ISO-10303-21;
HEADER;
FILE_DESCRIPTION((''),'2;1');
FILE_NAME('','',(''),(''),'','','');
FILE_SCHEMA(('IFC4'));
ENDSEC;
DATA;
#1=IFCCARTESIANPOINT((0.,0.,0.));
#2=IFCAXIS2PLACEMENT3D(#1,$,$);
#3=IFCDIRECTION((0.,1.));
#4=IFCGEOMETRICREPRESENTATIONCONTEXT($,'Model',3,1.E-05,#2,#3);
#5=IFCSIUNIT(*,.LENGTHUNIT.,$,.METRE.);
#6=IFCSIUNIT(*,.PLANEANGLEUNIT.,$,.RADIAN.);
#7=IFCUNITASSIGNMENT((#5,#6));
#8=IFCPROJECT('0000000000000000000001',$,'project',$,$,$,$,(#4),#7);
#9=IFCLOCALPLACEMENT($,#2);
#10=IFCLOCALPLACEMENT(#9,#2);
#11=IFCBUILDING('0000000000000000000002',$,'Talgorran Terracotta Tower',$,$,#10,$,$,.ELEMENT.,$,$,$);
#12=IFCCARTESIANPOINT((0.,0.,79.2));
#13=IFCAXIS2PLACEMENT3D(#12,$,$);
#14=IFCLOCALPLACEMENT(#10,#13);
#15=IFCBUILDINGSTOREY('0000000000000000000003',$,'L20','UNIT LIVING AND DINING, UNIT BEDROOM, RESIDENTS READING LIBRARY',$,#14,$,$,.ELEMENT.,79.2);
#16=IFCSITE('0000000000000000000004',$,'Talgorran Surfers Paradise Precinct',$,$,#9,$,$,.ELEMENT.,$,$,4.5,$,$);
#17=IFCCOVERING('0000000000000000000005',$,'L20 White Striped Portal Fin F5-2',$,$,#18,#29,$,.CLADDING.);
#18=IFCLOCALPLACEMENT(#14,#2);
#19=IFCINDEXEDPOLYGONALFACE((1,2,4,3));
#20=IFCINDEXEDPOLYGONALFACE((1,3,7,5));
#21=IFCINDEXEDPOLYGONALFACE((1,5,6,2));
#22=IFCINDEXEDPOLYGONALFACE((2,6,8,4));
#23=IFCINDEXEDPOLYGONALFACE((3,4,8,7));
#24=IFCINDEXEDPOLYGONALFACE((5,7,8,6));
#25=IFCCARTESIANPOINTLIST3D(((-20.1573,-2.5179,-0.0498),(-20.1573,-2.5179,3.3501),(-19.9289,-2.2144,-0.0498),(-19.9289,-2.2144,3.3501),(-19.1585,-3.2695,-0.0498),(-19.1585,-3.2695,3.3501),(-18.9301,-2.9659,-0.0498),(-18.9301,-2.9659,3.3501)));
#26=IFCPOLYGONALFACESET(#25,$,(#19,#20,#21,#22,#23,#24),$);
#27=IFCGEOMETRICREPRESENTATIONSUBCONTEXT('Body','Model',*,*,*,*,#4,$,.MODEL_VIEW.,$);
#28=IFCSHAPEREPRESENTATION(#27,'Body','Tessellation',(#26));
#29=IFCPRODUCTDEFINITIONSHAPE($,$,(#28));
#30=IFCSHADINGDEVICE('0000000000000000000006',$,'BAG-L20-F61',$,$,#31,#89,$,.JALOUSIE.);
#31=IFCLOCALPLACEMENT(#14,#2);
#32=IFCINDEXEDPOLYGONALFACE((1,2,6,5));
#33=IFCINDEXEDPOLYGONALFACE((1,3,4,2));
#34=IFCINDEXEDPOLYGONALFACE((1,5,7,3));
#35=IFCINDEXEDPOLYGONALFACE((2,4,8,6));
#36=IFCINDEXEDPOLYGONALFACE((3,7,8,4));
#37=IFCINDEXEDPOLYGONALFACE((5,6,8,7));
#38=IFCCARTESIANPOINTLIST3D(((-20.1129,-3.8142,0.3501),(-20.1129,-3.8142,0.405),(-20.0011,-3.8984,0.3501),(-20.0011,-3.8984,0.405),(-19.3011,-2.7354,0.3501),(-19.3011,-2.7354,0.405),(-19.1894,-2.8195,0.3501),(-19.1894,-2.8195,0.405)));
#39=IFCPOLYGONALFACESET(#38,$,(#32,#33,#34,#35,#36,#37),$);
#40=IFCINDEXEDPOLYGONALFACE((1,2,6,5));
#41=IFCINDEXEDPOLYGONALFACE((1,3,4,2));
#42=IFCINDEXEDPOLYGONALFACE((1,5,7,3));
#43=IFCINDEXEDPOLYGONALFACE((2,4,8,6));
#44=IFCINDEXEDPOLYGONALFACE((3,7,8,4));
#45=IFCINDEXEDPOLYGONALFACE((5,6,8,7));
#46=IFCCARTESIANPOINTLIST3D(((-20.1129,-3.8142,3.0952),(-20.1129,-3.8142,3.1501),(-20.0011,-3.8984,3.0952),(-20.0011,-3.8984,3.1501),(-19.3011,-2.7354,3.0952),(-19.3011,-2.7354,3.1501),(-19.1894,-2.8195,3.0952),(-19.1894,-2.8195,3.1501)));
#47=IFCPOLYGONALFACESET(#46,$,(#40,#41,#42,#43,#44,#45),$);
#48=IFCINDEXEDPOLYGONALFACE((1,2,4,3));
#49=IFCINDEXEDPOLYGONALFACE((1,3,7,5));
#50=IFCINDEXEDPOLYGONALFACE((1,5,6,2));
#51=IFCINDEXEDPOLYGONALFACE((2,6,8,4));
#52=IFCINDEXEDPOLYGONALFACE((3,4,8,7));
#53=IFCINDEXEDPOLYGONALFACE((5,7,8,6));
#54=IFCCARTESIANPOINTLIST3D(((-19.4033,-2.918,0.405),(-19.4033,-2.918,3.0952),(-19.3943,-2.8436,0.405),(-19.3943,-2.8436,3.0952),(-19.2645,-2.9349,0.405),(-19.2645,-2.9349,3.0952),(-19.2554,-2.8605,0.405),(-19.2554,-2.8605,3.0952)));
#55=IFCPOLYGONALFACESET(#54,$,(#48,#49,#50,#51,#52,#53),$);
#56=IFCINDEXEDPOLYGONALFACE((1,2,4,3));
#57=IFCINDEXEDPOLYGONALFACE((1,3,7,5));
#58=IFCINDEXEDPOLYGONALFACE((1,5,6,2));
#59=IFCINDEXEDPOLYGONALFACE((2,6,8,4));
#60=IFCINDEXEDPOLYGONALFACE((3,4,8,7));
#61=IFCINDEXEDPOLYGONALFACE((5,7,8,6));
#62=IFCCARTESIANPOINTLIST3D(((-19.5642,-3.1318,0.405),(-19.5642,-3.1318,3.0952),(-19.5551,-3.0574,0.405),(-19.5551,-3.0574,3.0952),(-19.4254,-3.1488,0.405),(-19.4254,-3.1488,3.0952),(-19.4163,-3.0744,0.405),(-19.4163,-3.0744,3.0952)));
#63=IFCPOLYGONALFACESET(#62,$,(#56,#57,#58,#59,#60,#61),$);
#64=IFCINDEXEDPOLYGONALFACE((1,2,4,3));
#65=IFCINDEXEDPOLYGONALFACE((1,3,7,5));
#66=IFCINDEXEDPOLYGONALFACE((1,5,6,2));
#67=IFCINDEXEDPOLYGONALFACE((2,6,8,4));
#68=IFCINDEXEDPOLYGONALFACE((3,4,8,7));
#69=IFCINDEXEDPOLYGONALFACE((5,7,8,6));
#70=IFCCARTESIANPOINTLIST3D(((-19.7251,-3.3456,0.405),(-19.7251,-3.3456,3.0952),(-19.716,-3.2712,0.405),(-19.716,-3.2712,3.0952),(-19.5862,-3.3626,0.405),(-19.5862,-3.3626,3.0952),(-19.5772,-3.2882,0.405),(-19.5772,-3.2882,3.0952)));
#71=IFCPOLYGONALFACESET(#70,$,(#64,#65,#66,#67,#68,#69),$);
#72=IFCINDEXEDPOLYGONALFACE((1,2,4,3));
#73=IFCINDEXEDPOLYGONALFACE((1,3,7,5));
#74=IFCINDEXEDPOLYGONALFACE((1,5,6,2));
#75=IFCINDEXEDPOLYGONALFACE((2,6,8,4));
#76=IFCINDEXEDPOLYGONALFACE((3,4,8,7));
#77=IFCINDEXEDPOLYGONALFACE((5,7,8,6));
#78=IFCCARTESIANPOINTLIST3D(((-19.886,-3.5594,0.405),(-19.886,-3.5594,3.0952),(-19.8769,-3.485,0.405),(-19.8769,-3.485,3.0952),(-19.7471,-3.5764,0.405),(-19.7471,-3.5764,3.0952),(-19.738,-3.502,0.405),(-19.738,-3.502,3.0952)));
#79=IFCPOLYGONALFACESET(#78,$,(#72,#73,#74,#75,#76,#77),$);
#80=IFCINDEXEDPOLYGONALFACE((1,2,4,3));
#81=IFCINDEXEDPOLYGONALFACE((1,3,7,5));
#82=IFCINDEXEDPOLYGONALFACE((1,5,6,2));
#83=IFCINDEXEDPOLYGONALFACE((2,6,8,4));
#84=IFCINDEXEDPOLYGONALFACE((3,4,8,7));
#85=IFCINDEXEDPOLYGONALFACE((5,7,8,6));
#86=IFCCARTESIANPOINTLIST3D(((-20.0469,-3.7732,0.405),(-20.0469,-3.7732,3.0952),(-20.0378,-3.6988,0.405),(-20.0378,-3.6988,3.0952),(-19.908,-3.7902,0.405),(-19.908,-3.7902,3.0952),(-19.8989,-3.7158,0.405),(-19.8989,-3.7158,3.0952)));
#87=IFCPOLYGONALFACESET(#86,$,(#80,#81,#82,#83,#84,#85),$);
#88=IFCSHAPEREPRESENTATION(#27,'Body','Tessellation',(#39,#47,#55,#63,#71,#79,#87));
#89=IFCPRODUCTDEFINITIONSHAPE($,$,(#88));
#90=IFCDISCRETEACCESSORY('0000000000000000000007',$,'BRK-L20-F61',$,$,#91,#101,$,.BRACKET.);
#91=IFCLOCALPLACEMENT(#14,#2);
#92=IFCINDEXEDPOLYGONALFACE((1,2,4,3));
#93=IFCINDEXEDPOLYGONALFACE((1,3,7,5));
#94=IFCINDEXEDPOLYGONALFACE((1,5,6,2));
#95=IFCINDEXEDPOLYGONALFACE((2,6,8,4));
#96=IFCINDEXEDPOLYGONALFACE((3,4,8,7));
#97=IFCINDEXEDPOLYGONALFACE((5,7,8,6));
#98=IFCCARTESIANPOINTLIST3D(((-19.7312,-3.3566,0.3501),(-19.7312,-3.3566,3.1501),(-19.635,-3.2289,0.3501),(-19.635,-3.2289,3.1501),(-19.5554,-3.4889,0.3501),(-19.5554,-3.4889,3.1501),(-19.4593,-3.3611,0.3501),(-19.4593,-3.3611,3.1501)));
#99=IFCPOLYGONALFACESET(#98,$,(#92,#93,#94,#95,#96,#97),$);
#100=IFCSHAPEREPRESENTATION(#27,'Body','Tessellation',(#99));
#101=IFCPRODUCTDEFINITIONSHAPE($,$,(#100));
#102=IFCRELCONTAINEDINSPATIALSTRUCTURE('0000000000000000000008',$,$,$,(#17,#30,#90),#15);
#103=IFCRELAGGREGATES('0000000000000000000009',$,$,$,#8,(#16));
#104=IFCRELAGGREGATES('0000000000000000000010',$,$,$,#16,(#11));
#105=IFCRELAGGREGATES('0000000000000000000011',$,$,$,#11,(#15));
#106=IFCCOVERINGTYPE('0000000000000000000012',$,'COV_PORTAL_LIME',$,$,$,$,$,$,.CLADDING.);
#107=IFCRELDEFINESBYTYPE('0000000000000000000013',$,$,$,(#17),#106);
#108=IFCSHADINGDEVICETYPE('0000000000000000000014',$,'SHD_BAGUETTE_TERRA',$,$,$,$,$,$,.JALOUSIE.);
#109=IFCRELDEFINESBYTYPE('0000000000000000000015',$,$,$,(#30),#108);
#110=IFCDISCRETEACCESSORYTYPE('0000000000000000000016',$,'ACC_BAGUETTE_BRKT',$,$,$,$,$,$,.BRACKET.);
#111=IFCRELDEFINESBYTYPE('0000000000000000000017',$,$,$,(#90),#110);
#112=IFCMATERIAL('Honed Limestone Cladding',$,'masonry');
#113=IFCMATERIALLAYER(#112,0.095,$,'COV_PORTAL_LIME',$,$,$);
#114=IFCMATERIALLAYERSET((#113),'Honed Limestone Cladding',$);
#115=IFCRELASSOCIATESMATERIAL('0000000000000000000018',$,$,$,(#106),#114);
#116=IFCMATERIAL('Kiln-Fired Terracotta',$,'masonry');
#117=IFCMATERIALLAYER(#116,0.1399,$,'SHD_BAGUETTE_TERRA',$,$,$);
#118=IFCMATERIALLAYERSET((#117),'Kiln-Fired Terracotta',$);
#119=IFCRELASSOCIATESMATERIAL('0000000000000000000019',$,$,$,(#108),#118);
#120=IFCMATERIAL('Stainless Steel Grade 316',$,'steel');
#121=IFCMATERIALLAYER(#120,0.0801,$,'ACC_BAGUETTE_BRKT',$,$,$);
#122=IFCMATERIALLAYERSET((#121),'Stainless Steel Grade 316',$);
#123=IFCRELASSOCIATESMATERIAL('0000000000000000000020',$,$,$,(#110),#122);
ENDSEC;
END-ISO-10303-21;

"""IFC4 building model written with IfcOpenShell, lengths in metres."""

from ifc_helpers import new_model, si_unit, direction, frame, origin, origin_2d, place, context, subcontext, project, spatial, rectangle, extrude, source, transform, mapped, material, layer, layer_set, type_object, type_shapes, element, save


model = new_model("IFC4")

# Units and contexts
model_context = context("Model", 3, precision=1e-05, world=origin(), true_north=direction((0.0, 1.0)))
body_context = subcontext(model_context, "Body", "Model", "MODEL_VIEW")
ifc_project = project(units=[si_unit("LENGTHUNIT", "METRE"), si_unit("PLANEANGLEUNIT", "RADIAN")], contexts=[model_context])

# Site, building, storey
site_placement = place(None, origin())
site = spatial("IfcSite", under=ifc_project, at=site_placement, Name="Talgorran Surfers Paradise Precinct", CompositionType="ELEMENT", RefElevation=4.5)
building_placement = place(site_placement, origin())
building = spatial("IfcBuilding", under=site, at=building_placement, Name="Talgorran Terracotta Tower", CompositionType="ELEMENT")
storey_placement = place(building_placement, frame((0.0, 0.0, 79.2)))
storey = spatial("IfcBuildingStorey", under=building, at=storey_placement, Name="L20", Description="UNIT LIVING AND DINING, UNIT BEDROOM, RESIDENTS READING LIBRARY", CompositionType="ELEMENT", Elevation=79.2)

# Covering
ifc_material_1 = material(Name="Honed Limestone Cladding", Category="masonry")
ifc_layer_1 = layer(ifc_material_1, 0.095, Name="COV_PORTAL_LIME")
ifc_layer_set_1 = layer_set([ifc_layer_1], Name="Honed Limestone Cladding")
covering_type_1 = type_object("IfcCoveringType", Name="COV_PORTAL_LIME", PredefinedType="CLADDING", material=ifc_layer_set_1)
covering_1_placement = place(storey_placement, frame((-19.5437, -2.7419, -0.0498), z_axis=(0.0, 0.0, 1.0), x_axis=(-0.601243, -0.799066, 0.0)))
element("IfcCovering", 1, at=covering_1_placement, inside=storey, type_object=covering_type_1, Name="L20 White Striped Portal Fin F5-2", PredefinedType="CLADDING", context=body_context, shape_type="SweptSolid", body=[
    extrude(rectangle(XDim=0.3799, YDim=1.25, at=origin_2d()), origin(), (0.0, 0.0, 1.0), 3.3999),
])

# Shading device
ifc_material_2 = material(Name="Kiln-Fired Terracotta", Category="masonry")
ifc_layer_2 = layer(ifc_material_2, 0.1399, Name="SHD_BAGUETTE_TERRA")
ifc_layer_set_2 = layer_set([ifc_layer_2], Name="Kiln-Fired Terracotta")
shading_device_type = type_object("IfcShadingDeviceType", Name="SHD_BAGUETTE_TERRA", PredefinedType="JALOUSIE", material=ifc_layer_set_2)
shared_shape_1 = source(origin(), body_context, "Body", "SweptSolid", [
    extrude(rectangle(XDim=1.3501, YDim=0.1399, at=origin_2d()), origin(), (0.0, 0.0, 1.0), 0.0549),
    extrude(rectangle(XDim=1.3501, YDim=0.1399, at=origin_2d()), frame((0.0, 0.0, 2.7451)), (0.0, 0.0, 1.0), 0.0549),
    extrude(rectangle(XDim=0.075, YDim=0.1399, at=origin_2d()), frame((-0.5352, 0.0, 0.0549), z_axis=(0.0, 0.0, 1.0), x_axis=(0.866025, 0.5, 0.0)), (0.0, 0.0, 1.0), 2.6902),
    extrude(rectangle(XDim=0.075, YDim=0.1399, at=origin_2d()), frame((-0.2676, 0.0, 0.0549), z_axis=(0.0, 0.0, 1.0), x_axis=(0.866025, 0.5, 0.0)), (0.0, 0.0, 1.0), 2.6902),
    extrude(rectangle(XDim=0.075, YDim=0.1399, at=origin_2d()), frame((0.0, 0.0, 0.0549), z_axis=(0.0, 0.0, 1.0), x_axis=(0.866025, 0.5, 0.0)), (0.0, 0.0, 1.0), 2.6902),
    extrude(rectangle(XDim=0.075, YDim=0.1399, at=origin_2d()), frame((0.2676, 0.0, 0.0549), z_axis=(0.0, 0.0, 1.0), x_axis=(0.866025, 0.5, 0.0)), (0.0, 0.0, 1.0), 2.6902),
    extrude(rectangle(XDim=0.075, YDim=0.1399, at=origin_2d()), frame((0.5352, 0.0, 0.0549), z_axis=(0.0, 0.0, 1.0), x_axis=(0.866025, 0.5, 0.0)), (0.0, 0.0, 1.0), 2.6902),
])
type_shapes(shading_device_type, [shared_shape_1])
shading_device_placement = place(storey_placement, frame((-19.6511, -3.3169, 0.3501), z_axis=(0.0, 0.0, 1.0), x_axis=(-0.601243, -0.799066, 0.0)))
element("IfcShadingDevice", 2, at=shading_device_placement, inside=storey, type_object=shading_device_type, Name="BAG-L20-F61", PredefinedType="JALOUSIE", context=body_context, shape_type="MappedRepresentation", body=[
    mapped(shared_shape_1, transform((0.0, 0.0, 0.0), scale=1.0)),
])

# Discrete accessory
ifc_material_3 = material(Name="Stainless Steel Grade 316", Category="steel")
ifc_layer_3 = layer(ifc_material_3, 0.0801, Name="ACC_BAGUETTE_BRKT")
ifc_layer_set_3 = layer_set([ifc_layer_3], Name="Stainless Steel Grade 316")
discrete_accessory_type = type_object("IfcDiscreteAccessoryType", Name="ACC_BAGUETTE_BRKT", PredefinedType="BRACKET", material=ifc_layer_set_3)
shared_shape_2 = source(origin(), body_context, "Body", "SweptSolid", [
    extrude(rectangle(XDim=0.1599, YDim=0.22, at=origin_2d()), origin(), (0.0, 0.0, 1.0), 2.8),
])
type_shapes(discrete_accessory_type, [shared_shape_2])
discrete_accessory_placement = place(storey_placement, frame((-19.5952, -3.3589, 0.3501), z_axis=(0.0, 0.0, 1.0), x_axis=(-0.601243, -0.799066, 0.0)))
element("IfcDiscreteAccessory", 3, at=discrete_accessory_placement, inside=storey, type_object=discrete_accessory_type, Name="BRK-L20-F61", PredefinedType="BRACKET", context=body_context, shape_type="MappedRepresentation", body=[
    mapped(shared_shape_2, transform((0.0, 0.0, 0.0), scale=1.0)),
])

save(model, "model.ifc")
